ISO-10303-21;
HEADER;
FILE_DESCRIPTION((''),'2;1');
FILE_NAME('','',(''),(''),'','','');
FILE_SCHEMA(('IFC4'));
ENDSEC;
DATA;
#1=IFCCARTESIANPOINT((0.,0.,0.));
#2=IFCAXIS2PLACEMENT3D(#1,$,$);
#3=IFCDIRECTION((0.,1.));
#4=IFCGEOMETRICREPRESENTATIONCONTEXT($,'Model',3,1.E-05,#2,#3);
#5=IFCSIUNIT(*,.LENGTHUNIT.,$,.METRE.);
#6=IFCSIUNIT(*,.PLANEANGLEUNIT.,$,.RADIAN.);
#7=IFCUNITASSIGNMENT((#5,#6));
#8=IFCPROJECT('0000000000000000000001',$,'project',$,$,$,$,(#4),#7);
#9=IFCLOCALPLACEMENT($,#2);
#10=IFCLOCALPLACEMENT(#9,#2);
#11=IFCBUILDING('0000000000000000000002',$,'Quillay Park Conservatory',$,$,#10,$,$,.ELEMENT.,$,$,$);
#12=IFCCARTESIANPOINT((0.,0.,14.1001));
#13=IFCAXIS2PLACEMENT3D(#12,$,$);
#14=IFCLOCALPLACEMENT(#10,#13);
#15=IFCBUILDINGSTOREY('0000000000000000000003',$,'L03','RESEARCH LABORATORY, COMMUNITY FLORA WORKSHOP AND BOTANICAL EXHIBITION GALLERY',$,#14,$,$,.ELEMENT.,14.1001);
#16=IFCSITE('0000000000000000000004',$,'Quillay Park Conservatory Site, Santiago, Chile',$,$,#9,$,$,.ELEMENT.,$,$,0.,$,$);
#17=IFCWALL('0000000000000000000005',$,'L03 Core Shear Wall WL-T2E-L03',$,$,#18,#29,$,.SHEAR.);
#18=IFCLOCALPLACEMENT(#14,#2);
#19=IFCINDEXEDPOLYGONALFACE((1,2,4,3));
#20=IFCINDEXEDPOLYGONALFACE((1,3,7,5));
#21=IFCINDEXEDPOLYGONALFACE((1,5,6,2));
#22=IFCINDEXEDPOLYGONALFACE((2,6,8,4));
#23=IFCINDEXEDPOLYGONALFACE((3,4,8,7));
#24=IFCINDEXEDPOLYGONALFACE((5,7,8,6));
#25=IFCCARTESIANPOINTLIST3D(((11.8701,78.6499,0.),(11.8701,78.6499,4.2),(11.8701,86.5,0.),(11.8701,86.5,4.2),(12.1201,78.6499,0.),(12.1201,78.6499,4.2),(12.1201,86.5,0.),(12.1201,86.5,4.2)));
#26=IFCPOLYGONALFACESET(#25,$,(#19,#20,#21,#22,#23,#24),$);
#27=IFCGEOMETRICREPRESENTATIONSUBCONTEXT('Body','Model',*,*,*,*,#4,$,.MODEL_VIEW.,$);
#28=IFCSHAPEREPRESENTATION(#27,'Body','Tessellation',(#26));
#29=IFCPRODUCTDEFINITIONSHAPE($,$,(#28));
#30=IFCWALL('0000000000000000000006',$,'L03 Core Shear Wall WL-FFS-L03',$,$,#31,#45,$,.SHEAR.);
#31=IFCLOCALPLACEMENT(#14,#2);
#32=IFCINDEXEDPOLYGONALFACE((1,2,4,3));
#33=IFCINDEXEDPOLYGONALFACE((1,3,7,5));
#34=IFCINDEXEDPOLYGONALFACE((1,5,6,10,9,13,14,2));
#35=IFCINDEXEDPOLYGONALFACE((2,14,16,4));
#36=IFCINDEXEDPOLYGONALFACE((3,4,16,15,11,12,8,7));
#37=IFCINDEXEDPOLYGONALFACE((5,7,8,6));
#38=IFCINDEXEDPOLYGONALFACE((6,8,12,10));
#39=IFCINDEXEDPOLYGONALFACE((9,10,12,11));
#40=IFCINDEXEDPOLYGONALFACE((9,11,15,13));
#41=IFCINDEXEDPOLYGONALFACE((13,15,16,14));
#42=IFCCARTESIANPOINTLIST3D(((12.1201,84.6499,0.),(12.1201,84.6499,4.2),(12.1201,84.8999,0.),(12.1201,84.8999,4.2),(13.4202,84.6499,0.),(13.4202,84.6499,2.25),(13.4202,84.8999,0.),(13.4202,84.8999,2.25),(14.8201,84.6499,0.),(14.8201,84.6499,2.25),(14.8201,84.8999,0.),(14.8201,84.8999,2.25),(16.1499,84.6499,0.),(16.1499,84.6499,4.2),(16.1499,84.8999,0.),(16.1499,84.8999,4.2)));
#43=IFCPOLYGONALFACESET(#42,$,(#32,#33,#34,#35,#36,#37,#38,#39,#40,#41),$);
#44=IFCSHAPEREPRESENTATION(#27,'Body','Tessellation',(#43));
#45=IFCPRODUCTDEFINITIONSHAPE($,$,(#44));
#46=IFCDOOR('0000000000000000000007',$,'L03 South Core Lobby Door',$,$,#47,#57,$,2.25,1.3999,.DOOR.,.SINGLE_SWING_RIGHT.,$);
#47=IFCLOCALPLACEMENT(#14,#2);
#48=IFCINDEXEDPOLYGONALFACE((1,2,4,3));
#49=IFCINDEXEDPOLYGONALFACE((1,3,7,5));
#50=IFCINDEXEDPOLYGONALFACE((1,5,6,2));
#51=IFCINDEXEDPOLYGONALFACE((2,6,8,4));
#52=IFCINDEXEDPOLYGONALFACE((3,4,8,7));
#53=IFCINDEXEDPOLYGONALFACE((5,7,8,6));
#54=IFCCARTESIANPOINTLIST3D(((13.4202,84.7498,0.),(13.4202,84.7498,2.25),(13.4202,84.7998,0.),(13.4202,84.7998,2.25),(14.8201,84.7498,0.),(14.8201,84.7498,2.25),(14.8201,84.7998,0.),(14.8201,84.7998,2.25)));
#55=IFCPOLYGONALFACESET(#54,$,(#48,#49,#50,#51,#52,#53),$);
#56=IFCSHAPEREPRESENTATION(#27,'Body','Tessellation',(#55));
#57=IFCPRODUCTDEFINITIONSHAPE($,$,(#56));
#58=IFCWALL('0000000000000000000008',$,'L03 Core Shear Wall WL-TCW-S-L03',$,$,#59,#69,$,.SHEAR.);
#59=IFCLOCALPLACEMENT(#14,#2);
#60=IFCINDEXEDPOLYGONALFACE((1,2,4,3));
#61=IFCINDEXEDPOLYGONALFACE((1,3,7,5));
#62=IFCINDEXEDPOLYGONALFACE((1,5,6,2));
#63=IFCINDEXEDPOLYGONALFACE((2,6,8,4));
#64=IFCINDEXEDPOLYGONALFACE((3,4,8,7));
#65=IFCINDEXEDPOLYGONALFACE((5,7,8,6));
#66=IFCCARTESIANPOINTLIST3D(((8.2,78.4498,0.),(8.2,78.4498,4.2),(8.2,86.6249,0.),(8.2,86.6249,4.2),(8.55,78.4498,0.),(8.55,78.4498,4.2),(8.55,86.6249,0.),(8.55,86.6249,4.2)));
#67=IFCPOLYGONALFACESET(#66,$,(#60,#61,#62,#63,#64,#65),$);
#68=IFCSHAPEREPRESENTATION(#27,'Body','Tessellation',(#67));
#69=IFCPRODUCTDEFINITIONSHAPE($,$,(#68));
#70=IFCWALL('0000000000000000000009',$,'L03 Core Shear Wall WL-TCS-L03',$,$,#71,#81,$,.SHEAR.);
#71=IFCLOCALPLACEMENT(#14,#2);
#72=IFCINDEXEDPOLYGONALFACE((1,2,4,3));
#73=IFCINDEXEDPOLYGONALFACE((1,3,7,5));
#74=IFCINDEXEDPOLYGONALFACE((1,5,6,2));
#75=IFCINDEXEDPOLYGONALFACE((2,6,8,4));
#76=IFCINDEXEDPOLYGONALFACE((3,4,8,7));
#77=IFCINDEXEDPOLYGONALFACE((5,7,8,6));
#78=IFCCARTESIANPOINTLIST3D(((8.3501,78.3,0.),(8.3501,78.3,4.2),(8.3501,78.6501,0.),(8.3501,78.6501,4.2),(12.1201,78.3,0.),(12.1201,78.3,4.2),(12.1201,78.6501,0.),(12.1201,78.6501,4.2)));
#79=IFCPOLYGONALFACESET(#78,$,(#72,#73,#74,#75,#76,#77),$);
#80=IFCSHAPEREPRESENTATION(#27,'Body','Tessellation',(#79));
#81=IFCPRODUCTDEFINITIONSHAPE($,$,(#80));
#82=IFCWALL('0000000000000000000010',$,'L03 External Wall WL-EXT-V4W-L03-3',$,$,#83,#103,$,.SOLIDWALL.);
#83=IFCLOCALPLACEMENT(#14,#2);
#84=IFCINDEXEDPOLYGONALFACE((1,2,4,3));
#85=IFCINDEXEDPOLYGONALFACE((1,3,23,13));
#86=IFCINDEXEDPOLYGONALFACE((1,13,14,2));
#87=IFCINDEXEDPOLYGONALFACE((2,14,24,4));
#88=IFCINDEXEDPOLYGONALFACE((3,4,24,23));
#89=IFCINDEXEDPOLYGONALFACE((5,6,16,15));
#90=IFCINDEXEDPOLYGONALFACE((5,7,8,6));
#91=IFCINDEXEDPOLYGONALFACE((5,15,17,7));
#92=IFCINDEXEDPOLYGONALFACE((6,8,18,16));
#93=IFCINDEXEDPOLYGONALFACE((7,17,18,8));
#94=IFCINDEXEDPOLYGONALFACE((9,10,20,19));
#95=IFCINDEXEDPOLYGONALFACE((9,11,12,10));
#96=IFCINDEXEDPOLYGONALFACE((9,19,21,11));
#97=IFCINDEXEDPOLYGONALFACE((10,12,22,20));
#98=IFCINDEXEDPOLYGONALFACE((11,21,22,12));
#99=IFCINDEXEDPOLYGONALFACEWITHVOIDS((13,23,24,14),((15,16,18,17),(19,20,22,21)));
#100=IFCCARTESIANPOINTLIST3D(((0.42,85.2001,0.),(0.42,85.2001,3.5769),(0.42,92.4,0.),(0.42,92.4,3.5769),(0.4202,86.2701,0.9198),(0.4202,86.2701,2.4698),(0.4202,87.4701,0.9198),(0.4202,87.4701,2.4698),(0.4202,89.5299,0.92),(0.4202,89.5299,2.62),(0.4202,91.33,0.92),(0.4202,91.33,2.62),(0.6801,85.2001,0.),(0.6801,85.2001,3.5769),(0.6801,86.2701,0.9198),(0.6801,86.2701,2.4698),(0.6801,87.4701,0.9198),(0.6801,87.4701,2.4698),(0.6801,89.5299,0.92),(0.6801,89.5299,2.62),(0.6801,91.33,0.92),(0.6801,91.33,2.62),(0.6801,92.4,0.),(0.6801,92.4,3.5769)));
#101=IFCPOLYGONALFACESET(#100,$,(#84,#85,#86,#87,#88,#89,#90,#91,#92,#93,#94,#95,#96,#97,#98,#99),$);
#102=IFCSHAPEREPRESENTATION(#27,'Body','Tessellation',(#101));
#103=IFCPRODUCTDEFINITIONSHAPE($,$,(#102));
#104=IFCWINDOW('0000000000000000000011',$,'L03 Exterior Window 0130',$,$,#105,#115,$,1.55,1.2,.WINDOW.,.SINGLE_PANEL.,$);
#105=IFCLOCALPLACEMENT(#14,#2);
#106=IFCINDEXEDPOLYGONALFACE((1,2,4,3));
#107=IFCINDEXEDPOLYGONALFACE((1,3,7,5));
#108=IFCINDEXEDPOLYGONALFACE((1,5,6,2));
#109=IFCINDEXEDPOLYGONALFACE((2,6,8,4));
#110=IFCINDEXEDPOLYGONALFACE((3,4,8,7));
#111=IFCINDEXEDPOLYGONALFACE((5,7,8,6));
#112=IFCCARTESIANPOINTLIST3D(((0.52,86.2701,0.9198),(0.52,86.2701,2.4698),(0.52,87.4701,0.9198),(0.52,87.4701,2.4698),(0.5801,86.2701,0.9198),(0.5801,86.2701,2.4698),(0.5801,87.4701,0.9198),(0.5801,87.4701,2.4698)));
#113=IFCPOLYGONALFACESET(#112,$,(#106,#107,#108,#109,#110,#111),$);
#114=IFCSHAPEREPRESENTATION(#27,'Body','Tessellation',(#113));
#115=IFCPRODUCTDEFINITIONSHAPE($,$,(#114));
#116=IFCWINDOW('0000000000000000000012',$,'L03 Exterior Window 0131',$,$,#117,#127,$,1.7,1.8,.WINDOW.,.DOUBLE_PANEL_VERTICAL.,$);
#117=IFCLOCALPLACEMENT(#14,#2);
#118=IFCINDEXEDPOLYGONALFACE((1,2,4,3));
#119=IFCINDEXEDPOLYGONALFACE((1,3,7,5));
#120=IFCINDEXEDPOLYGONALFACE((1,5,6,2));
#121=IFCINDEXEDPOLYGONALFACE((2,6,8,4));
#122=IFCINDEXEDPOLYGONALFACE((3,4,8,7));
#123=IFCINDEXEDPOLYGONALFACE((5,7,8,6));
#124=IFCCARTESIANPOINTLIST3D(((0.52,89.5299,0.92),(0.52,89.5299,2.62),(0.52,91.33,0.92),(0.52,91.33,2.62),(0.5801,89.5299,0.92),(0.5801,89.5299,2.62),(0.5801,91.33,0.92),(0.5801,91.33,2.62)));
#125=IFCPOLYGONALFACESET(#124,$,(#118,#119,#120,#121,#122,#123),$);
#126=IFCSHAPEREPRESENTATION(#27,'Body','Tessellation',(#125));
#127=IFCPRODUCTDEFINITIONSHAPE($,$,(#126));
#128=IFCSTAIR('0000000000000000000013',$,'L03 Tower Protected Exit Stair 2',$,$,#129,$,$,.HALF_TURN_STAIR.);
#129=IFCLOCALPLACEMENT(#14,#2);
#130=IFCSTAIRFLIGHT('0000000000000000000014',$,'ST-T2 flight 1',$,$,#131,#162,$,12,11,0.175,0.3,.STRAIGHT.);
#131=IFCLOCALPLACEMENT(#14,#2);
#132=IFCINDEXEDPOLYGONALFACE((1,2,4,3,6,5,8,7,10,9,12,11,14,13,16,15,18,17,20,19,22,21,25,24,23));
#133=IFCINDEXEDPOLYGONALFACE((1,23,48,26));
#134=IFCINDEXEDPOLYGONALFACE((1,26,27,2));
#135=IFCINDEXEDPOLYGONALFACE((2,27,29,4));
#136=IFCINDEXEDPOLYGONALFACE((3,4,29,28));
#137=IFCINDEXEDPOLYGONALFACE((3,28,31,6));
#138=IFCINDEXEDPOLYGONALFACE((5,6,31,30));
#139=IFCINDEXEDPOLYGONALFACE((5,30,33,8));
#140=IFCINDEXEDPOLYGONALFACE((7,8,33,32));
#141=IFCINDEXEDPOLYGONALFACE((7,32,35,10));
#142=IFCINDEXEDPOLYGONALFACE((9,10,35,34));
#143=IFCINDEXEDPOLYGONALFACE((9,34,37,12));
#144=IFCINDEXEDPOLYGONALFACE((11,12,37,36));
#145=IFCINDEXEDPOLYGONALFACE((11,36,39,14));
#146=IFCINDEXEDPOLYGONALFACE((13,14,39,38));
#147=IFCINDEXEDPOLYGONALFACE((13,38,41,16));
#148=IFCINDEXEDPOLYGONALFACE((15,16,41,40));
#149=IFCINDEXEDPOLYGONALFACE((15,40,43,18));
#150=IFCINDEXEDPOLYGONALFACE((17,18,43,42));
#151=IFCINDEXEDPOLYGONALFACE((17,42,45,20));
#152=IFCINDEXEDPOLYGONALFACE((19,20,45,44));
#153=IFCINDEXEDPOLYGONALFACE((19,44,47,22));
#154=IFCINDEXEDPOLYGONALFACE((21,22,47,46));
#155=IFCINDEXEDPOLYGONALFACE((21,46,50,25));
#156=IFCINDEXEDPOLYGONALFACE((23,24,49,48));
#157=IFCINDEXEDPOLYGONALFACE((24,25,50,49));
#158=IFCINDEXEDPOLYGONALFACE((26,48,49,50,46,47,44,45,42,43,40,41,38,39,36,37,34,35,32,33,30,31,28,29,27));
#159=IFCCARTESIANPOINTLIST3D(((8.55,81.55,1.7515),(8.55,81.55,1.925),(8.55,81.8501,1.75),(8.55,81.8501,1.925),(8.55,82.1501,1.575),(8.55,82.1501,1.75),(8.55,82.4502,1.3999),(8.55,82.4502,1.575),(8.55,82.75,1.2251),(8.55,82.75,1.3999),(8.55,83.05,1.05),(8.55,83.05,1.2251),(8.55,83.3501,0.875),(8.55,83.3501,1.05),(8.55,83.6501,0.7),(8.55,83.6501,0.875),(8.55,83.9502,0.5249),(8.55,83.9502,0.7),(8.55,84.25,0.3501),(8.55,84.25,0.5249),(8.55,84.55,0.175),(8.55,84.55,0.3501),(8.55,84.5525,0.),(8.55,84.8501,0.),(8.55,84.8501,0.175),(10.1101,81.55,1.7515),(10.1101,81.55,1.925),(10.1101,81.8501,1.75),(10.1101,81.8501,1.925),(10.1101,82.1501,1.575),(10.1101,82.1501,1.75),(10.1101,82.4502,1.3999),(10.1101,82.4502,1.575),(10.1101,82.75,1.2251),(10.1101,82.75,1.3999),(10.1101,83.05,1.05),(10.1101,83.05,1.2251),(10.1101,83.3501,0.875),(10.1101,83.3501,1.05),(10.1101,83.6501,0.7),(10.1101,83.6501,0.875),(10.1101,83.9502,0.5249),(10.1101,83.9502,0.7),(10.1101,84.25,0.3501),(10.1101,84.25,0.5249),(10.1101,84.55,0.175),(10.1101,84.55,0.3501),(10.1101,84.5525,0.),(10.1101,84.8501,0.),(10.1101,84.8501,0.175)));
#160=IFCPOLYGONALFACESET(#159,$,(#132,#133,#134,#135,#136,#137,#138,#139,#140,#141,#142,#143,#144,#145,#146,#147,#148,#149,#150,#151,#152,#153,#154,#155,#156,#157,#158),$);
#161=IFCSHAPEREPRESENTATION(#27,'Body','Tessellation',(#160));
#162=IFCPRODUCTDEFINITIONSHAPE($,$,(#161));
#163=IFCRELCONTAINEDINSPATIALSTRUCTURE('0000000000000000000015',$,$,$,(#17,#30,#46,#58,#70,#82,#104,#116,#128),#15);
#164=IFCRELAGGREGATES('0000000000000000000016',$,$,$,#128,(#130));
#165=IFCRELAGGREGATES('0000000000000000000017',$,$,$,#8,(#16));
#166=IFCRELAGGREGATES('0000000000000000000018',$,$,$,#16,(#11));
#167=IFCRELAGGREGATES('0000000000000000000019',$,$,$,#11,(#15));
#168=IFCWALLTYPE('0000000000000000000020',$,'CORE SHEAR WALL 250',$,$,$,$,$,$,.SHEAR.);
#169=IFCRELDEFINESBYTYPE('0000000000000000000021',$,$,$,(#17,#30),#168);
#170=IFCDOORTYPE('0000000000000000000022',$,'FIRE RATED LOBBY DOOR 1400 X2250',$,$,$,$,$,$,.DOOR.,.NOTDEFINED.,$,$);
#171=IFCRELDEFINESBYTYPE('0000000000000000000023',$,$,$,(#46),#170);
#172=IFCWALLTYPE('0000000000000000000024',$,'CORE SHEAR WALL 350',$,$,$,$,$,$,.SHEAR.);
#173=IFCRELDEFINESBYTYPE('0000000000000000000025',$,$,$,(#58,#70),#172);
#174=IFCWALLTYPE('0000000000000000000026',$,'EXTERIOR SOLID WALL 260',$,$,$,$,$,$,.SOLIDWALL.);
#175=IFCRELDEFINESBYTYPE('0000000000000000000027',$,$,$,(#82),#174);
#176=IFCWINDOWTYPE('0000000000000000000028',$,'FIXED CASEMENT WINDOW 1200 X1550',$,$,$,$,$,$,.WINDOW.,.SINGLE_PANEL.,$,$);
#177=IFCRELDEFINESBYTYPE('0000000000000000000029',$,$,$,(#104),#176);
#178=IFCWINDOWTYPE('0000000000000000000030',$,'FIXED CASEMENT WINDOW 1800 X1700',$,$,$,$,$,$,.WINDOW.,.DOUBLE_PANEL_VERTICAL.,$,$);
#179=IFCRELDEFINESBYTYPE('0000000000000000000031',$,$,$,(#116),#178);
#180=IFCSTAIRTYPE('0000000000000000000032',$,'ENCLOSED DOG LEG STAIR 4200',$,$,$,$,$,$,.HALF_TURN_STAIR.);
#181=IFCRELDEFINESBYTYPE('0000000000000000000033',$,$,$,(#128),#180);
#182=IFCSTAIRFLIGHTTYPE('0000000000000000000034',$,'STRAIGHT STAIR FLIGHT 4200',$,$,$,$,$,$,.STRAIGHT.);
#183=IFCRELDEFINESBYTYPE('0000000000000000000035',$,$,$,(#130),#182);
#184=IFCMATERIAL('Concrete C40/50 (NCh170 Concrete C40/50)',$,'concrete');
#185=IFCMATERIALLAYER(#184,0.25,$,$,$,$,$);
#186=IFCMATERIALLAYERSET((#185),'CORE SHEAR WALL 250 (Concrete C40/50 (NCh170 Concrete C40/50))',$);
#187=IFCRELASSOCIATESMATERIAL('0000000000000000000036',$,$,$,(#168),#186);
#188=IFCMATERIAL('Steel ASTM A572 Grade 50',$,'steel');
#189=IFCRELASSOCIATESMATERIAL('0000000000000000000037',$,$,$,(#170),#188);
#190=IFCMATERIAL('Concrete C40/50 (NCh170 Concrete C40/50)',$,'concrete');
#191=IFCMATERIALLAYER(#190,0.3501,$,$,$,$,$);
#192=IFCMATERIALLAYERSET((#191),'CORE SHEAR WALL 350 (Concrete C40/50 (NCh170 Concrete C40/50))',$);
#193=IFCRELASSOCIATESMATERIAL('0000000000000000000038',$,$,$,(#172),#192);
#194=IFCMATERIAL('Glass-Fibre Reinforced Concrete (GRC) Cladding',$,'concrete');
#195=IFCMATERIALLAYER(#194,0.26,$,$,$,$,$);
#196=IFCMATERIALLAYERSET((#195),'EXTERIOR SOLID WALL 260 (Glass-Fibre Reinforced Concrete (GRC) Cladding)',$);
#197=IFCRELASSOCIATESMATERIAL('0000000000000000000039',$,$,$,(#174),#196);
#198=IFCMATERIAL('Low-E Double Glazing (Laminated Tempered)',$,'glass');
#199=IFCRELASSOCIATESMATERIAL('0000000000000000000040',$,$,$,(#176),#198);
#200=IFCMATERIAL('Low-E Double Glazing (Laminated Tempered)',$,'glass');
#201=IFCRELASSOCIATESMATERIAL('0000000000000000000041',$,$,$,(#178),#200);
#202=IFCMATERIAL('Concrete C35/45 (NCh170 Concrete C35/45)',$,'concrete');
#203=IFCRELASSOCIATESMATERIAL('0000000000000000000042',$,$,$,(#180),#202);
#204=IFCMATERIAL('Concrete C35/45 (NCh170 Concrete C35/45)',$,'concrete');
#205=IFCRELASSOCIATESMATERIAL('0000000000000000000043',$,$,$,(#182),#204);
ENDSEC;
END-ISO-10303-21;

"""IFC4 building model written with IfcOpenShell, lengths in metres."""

from ifc_helpers import new_model, si_unit, direction, frame, frame_2d, origin, place, context, subcontext, project, spatial, polyline, rectangle, outline, extrude, material, layer, layer_set, type_object, element, fill, aggregate, save


model = new_model("IFC4")

# Units and contexts
model_context = context("Model", 3, precision=1e-05, world=origin(), true_north=direction((0.0, 1.0)))
body_context = subcontext(model_context, "Body", "Model", "MODEL_VIEW")
ifc_project = project(units=[si_unit("LENGTHUNIT", "METRE"), si_unit("PLANEANGLEUNIT", "RADIAN")], contexts=[model_context])

# Site, building, storey
site_placement = place(None, origin())
site = spatial("IfcSite", under=ifc_project, at=site_placement, Name="Quillay Park Conservatory Site, Santiago, Chile", CompositionType="ELEMENT", RefElevation=0.0)
building_placement = place(site_placement, origin())
building = spatial("IfcBuilding", under=site, at=building_placement, Name="Quillay Park Conservatory", CompositionType="ELEMENT")
storey_placement = place(building_placement, frame((0.0, 0.0, 14.1001)))
storey = spatial("IfcBuildingStorey", under=building, at=storey_placement, Name="L03", Description="RESEARCH LABORATORY, COMMUNITY FLORA WORKSHOP AND BOTANICAL EXHIBITION GALLERY", CompositionType="ELEMENT", Elevation=14.1001)

# Wall
ifc_material_1 = material(Name="Concrete C40/50 (NCh170 Concrete C40/50)", Category="concrete")
ifc_layer_1 = layer(ifc_material_1, 0.25)
ifc_layer_set_1 = layer_set([ifc_layer_1], Name="CORE SHEAR WALL 250 (Concrete C40/50 (NCh170 Concrete C40/50))")
wall_type_1 = type_object("IfcWallType", Name="CORE SHEAR WALL 250", PredefinedType="SHEAR", material=ifc_layer_set_1)
wall_1_placement = place(storey_placement, frame((11.9951, 78.6499, 0.0), z_axis=(0.0, 0.0, 1.0), x_axis=(0.0, 1.0, 0.0)))
element("IfcWall", 1, at=wall_1_placement, inside=storey, type_object=wall_type_1, Name="L03 Core Shear Wall WL-T2E-L03", PredefinedType="SHEAR", context=body_context, shape_type="SweptSolid", body=[
    extrude(rectangle(XDim=7.8501, YDim=0.25, at=frame_2d((3.925, 0.0))), origin(), (0.0, 0.0, 1.0), 4.2),
])

# Wall, opening, door
wall_2_placement = place(storey_placement, frame((12.1201, 84.7749, 0.0), z_axis=(0.0, 0.0, 1.0), x_axis=(1.0, 0.0, 0.0)))
wall_2 = element("IfcWall", 2, at=wall_2_placement, inside=storey, type_object=wall_type_1, Name="L03 Core Shear Wall WL-FFS-L03", PredefinedType="SHEAR", context=body_context, shape_type="SweptSolid", body=[
    extrude(rectangle(XDim=4.0298, YDim=0.25, at=frame_2d((2.0149, 0.0))), origin(), (0.0, 0.0, 1.0), 4.2),
])
opening_1_placement = place(wall_2_placement, frame((1.3, 0.0, 0.0)))
opening_1 = element("IfcOpeningElement", 3, at=opening_1_placement, cuts=wall_2, PredefinedType="OPENING", context=body_context, shape_type="SweptSolid", body=[
    extrude(rectangle(XDim=1.3999, YDim=2.25, at=frame_2d((0.7, 1.125))), frame((0.0, 0.125, 0.0), z_axis=(0.0, -1.0, 0.0), x_axis=(1.0, 0.0, 0.0)), (0.0, 0.0, 1.0), 0.25),
])
ifc_material_2 = material(Name="Steel ASTM A572 Grade 50", Category="steel")
door_type_1 = type_object("IfcDoorType", Name="FIRE RATED LOBBY DOOR 1400 X2250", OperationType="NOTDEFINED", PredefinedType="DOOR", material=ifc_material_2)
door_1_placement = place(opening_1_placement, origin())
door_1 = element("IfcDoor", 4, at=door_1_placement, inside=storey, type_object=door_type_1, Name="L03 South Core Lobby Door", OperationType="SINGLE_SWING_RIGHT", OverallHeight=2.25, OverallWidth=1.3999, PredefinedType="DOOR", context=body_context, shape_type="SweptSolid", body=[
    extrude(rectangle(XDim=1.3999, YDim=2.25, at=frame_2d((0.7, 1.125))), frame((0.0, 0.0249, 0.0), z_axis=(0.0, -1.0, 0.0), x_axis=(1.0, 0.0, 0.0)), (0.0, 0.0, 1.0), 0.05),
])
fill(opening_1, door_1)

# Walls
ifc_material_3 = material(Name="Concrete C40/50 (NCh170 Concrete C40/50)", Category="concrete")
ifc_layer_2 = layer(ifc_material_3, 0.3501)
ifc_layer_set_2 = layer_set([ifc_layer_2], Name="CORE SHEAR WALL 350 (Concrete C40/50 (NCh170 Concrete C40/50))")
wall_type_2 = type_object("IfcWallType", Name="CORE SHEAR WALL 350", PredefinedType="SHEAR", material=ifc_layer_set_2)
wall_3_placement = place(storey_placement, frame((8.375, 78.45, 0.0), z_axis=(0.0, 0.0, 1.0), x_axis=(0.0, 1.0, 0.0)))
element("IfcWall", 5, at=wall_3_placement, inside=storey, type_object=wall_type_2, Name="L03 Core Shear Wall WL-TCW-S-L03", PredefinedType="SHEAR", context=body_context, shape_type="SweptSolid", body=[
    extrude(rectangle(XDim=8.175, YDim=0.3501, at=frame_2d((4.0874, 0.0))), origin(), (0.0, 0.0, 1.0), 4.2),
])
wall_4_placement = place(storey_placement, frame((8.3501, 78.4751, 0.0), z_axis=(0.0, 0.0, 1.0), x_axis=(1.0, 0.0, 0.0)))
element("IfcWall", 6, at=wall_4_placement, inside=storey, type_object=wall_type_2, Name="L03 Core Shear Wall WL-TCS-L03", PredefinedType="SHEAR", context=body_context, shape_type="SweptSolid", body=[
    extrude(rectangle(XDim=3.77, YDim=0.3501, at=frame_2d((1.885, 0.0))), origin(), (0.0, 0.0, 1.0), 4.2),
])

# Wall, openings, windows
ifc_material_4 = material(Name="Glass-Fibre Reinforced Concrete (GRC) Cladding", Category="concrete")
ifc_layer_3 = layer(ifc_material_4, 0.26)
ifc_layer_set_3 = layer_set([ifc_layer_3], Name="EXTERIOR SOLID WALL 260 (Glass-Fibre Reinforced Concrete (GRC) Cladding)")
wall_type_3 = type_object("IfcWallType", Name="EXTERIOR SOLID WALL 260", PredefinedType="SOLIDWALL", material=ifc_layer_set_3)
wall_5_placement = place(storey_placement, frame((0.55, 85.2, 0.0), z_axis=(0.0, 0.0, 1.0), x_axis=(0.0, 1.0, 0.0)))
wall_5 = element("IfcWall", 7, at=wall_5_placement, inside=storey, type_object=wall_type_3, Name="L03 External Wall WL-EXT-V4W-L03-3", PredefinedType="SOLIDWALL", context=body_context, shape_type="SweptSolid", body=[
    extrude(rectangle(XDim=7.2, YDim=0.26, at=frame_2d((3.6001, 0.0))), origin(), (0.0, 0.0, 1.0), 3.5769),
])
opening_2_placement = place(wall_5_placement, frame((1.0701, 0.0, 0.9199)))
opening_2 = element("IfcOpeningElement", 8, at=opening_2_placement, cuts=wall_5, PredefinedType="OPENING", context=body_context, shape_type="SweptSolid", body=[
    extrude(rectangle(XDim=1.2, YDim=1.55, at=frame_2d((0.6001, 0.7749))), frame((0.0, 0.1299, 0.0), z_axis=(0.0, -1.0, 0.0), x_axis=(1.0, 0.0, 0.0)), (0.0, 0.0, 1.0), 0.26),
])
opening_3_placement = place(wall_5_placement, frame((4.3301, 0.0, 0.9199)))
opening_3 = element("IfcOpeningElement", 9, at=opening_3_placement, cuts=wall_5, PredefinedType="OPENING", context=body_context, shape_type="SweptSolid", body=[
    extrude(rectangle(XDim=1.8, YDim=1.7, at=frame_2d((0.8999, 0.8501))), frame((0.0, 0.1299, 0.0), z_axis=(0.0, -1.0, 0.0), x_axis=(1.0, 0.0, 0.0)), (0.0, 0.0, 1.0), 0.26),
])
ifc_material_5 = material(Name="Low-E Double Glazing (Laminated Tempered)", Category="glass")
window_type_1 = type_object("IfcWindowType", Name="FIXED CASEMENT WINDOW 1200 X1550", PartitioningType="SINGLE_PANEL", PredefinedType="WINDOW", material=ifc_material_5)
window_1_placement = place(opening_2_placement, origin())
window_1 = element("IfcWindow", 10, at=window_1_placement, inside=storey, type_object=window_type_1, Name="L03 Exterior Window 0130", OverallHeight=1.55, OverallWidth=1.2, PartitioningType="SINGLE_PANEL", PredefinedType="WINDOW", context=body_context, shape_type="SweptSolid", body=[
    extrude(rectangle(XDim=1.2, YDim=1.55, at=frame_2d((0.6001, 0.7749))), frame((0.0, 0.03, 0.0), z_axis=(0.0, -1.0, 0.0), x_axis=(1.0, 0.0, 0.0)), (0.0, 0.0, 1.0), 0.0601),
])
fill(opening_2, window_1)
ifc_material_6 = material(Name="Low-E Double Glazing (Laminated Tempered)", Category="glass")
window_type_2 = type_object("IfcWindowType", Name="FIXED CASEMENT WINDOW 1800 X1700", PartitioningType="DOUBLE_PANEL_VERTICAL", PredefinedType="WINDOW", material=ifc_material_6)
window_2_placement = place(opening_3_placement, origin())
window_2 = element("IfcWindow", 11, at=window_2_placement, inside=storey, type_object=window_type_2, Name="L03 Exterior Window 0131", OverallHeight=1.7, OverallWidth=1.8, PartitioningType="DOUBLE_PANEL_VERTICAL", PredefinedType="WINDOW", context=body_context, shape_type="SweptSolid", body=[
    extrude(rectangle(XDim=1.8, YDim=1.7, at=frame_2d((0.8999, 0.8501))), frame((0.0, 0.03, 0.0), z_axis=(0.0, -1.0, 0.0), x_axis=(1.0, 0.0, 0.0)), (0.0, 0.0, 1.0), 0.0601),
])
fill(opening_3, window_2)

# Stair, stair flight
ifc_material_7 = material(Name="Concrete C35/45 (NCh170 Concrete C35/45)", Category="concrete")
stair_type = type_object("IfcStairType", Name="ENCLOSED DOG LEG STAIR 4200", PredefinedType="HALF_TURN_STAIR", material=ifc_material_7)
stair_placement = place(storey_placement, origin())
stair = element("IfcStair", 12, at=stair_placement, inside=storey, type_object=stair_type, Name="L03 Tower Protected Exit Stair 2", PredefinedType="HALF_TURN_STAIR")
ifc_material_8 = material(Name="Concrete C35/45 (NCh170 Concrete C35/45)", Category="concrete")
stair_flight_type = type_object("IfcStairFlightType", Name="STRAIGHT STAIR FLIGHT 4200", PredefinedType="STRAIGHT", material=ifc_material_8)
stair_flight_1_placement = place(storey_placement, frame((9.3301, 84.8501, 0.0), z_axis=(0.0, 0.0, 1.0), x_axis=(0.0, -1.0, 0.0)))
stair_flight_1 = element("IfcStairFlight", 13, at=stair_flight_1_placement, type_object=stair_flight_type, Name="ST-T2 flight 1", NumberOfRisers=12, NumberOfTreads=11, PredefinedType="STRAIGHT", RiserHeight=0.175, TreadLength=0.3, context=body_context, shape_type="SweptSolid", body=[
    extrude(outline(polyline([(0.0, 0.0), (0.0, 0.175), (0.3, 0.175), (0.3, 0.3501), (0.6001, 0.3501), (0.6001, 0.5249), (0.8999, 0.5249), (0.8999, 0.7), (1.2, 0.7), (1.2, 0.875), (1.5, 0.875), (1.5, 1.05), (1.8, 1.05), (1.8, 1.2251), (2.1001, 1.2251), (2.1001, 1.3999), (2.3999, 1.3999), (2.3999, 1.575), (2.7, 1.575), (2.7, 1.75), (3.0, 1.75), (3.0, 1.925), (3.3, 1.925), (3.3, 2.1001), (3.3, 1.7515), (0.2976, 0.0), (0.0, 0.0)])), frame((0.0, 0.78, 0.0), z_axis=(0.0, -1.0, 0.0), x_axis=(1.0, 0.0, 0.0)), (0.0, 0.0, 1.0), 1.5601),
])
aggregate(stair, [stair_flight_1])

save(model, "model.ifc")
